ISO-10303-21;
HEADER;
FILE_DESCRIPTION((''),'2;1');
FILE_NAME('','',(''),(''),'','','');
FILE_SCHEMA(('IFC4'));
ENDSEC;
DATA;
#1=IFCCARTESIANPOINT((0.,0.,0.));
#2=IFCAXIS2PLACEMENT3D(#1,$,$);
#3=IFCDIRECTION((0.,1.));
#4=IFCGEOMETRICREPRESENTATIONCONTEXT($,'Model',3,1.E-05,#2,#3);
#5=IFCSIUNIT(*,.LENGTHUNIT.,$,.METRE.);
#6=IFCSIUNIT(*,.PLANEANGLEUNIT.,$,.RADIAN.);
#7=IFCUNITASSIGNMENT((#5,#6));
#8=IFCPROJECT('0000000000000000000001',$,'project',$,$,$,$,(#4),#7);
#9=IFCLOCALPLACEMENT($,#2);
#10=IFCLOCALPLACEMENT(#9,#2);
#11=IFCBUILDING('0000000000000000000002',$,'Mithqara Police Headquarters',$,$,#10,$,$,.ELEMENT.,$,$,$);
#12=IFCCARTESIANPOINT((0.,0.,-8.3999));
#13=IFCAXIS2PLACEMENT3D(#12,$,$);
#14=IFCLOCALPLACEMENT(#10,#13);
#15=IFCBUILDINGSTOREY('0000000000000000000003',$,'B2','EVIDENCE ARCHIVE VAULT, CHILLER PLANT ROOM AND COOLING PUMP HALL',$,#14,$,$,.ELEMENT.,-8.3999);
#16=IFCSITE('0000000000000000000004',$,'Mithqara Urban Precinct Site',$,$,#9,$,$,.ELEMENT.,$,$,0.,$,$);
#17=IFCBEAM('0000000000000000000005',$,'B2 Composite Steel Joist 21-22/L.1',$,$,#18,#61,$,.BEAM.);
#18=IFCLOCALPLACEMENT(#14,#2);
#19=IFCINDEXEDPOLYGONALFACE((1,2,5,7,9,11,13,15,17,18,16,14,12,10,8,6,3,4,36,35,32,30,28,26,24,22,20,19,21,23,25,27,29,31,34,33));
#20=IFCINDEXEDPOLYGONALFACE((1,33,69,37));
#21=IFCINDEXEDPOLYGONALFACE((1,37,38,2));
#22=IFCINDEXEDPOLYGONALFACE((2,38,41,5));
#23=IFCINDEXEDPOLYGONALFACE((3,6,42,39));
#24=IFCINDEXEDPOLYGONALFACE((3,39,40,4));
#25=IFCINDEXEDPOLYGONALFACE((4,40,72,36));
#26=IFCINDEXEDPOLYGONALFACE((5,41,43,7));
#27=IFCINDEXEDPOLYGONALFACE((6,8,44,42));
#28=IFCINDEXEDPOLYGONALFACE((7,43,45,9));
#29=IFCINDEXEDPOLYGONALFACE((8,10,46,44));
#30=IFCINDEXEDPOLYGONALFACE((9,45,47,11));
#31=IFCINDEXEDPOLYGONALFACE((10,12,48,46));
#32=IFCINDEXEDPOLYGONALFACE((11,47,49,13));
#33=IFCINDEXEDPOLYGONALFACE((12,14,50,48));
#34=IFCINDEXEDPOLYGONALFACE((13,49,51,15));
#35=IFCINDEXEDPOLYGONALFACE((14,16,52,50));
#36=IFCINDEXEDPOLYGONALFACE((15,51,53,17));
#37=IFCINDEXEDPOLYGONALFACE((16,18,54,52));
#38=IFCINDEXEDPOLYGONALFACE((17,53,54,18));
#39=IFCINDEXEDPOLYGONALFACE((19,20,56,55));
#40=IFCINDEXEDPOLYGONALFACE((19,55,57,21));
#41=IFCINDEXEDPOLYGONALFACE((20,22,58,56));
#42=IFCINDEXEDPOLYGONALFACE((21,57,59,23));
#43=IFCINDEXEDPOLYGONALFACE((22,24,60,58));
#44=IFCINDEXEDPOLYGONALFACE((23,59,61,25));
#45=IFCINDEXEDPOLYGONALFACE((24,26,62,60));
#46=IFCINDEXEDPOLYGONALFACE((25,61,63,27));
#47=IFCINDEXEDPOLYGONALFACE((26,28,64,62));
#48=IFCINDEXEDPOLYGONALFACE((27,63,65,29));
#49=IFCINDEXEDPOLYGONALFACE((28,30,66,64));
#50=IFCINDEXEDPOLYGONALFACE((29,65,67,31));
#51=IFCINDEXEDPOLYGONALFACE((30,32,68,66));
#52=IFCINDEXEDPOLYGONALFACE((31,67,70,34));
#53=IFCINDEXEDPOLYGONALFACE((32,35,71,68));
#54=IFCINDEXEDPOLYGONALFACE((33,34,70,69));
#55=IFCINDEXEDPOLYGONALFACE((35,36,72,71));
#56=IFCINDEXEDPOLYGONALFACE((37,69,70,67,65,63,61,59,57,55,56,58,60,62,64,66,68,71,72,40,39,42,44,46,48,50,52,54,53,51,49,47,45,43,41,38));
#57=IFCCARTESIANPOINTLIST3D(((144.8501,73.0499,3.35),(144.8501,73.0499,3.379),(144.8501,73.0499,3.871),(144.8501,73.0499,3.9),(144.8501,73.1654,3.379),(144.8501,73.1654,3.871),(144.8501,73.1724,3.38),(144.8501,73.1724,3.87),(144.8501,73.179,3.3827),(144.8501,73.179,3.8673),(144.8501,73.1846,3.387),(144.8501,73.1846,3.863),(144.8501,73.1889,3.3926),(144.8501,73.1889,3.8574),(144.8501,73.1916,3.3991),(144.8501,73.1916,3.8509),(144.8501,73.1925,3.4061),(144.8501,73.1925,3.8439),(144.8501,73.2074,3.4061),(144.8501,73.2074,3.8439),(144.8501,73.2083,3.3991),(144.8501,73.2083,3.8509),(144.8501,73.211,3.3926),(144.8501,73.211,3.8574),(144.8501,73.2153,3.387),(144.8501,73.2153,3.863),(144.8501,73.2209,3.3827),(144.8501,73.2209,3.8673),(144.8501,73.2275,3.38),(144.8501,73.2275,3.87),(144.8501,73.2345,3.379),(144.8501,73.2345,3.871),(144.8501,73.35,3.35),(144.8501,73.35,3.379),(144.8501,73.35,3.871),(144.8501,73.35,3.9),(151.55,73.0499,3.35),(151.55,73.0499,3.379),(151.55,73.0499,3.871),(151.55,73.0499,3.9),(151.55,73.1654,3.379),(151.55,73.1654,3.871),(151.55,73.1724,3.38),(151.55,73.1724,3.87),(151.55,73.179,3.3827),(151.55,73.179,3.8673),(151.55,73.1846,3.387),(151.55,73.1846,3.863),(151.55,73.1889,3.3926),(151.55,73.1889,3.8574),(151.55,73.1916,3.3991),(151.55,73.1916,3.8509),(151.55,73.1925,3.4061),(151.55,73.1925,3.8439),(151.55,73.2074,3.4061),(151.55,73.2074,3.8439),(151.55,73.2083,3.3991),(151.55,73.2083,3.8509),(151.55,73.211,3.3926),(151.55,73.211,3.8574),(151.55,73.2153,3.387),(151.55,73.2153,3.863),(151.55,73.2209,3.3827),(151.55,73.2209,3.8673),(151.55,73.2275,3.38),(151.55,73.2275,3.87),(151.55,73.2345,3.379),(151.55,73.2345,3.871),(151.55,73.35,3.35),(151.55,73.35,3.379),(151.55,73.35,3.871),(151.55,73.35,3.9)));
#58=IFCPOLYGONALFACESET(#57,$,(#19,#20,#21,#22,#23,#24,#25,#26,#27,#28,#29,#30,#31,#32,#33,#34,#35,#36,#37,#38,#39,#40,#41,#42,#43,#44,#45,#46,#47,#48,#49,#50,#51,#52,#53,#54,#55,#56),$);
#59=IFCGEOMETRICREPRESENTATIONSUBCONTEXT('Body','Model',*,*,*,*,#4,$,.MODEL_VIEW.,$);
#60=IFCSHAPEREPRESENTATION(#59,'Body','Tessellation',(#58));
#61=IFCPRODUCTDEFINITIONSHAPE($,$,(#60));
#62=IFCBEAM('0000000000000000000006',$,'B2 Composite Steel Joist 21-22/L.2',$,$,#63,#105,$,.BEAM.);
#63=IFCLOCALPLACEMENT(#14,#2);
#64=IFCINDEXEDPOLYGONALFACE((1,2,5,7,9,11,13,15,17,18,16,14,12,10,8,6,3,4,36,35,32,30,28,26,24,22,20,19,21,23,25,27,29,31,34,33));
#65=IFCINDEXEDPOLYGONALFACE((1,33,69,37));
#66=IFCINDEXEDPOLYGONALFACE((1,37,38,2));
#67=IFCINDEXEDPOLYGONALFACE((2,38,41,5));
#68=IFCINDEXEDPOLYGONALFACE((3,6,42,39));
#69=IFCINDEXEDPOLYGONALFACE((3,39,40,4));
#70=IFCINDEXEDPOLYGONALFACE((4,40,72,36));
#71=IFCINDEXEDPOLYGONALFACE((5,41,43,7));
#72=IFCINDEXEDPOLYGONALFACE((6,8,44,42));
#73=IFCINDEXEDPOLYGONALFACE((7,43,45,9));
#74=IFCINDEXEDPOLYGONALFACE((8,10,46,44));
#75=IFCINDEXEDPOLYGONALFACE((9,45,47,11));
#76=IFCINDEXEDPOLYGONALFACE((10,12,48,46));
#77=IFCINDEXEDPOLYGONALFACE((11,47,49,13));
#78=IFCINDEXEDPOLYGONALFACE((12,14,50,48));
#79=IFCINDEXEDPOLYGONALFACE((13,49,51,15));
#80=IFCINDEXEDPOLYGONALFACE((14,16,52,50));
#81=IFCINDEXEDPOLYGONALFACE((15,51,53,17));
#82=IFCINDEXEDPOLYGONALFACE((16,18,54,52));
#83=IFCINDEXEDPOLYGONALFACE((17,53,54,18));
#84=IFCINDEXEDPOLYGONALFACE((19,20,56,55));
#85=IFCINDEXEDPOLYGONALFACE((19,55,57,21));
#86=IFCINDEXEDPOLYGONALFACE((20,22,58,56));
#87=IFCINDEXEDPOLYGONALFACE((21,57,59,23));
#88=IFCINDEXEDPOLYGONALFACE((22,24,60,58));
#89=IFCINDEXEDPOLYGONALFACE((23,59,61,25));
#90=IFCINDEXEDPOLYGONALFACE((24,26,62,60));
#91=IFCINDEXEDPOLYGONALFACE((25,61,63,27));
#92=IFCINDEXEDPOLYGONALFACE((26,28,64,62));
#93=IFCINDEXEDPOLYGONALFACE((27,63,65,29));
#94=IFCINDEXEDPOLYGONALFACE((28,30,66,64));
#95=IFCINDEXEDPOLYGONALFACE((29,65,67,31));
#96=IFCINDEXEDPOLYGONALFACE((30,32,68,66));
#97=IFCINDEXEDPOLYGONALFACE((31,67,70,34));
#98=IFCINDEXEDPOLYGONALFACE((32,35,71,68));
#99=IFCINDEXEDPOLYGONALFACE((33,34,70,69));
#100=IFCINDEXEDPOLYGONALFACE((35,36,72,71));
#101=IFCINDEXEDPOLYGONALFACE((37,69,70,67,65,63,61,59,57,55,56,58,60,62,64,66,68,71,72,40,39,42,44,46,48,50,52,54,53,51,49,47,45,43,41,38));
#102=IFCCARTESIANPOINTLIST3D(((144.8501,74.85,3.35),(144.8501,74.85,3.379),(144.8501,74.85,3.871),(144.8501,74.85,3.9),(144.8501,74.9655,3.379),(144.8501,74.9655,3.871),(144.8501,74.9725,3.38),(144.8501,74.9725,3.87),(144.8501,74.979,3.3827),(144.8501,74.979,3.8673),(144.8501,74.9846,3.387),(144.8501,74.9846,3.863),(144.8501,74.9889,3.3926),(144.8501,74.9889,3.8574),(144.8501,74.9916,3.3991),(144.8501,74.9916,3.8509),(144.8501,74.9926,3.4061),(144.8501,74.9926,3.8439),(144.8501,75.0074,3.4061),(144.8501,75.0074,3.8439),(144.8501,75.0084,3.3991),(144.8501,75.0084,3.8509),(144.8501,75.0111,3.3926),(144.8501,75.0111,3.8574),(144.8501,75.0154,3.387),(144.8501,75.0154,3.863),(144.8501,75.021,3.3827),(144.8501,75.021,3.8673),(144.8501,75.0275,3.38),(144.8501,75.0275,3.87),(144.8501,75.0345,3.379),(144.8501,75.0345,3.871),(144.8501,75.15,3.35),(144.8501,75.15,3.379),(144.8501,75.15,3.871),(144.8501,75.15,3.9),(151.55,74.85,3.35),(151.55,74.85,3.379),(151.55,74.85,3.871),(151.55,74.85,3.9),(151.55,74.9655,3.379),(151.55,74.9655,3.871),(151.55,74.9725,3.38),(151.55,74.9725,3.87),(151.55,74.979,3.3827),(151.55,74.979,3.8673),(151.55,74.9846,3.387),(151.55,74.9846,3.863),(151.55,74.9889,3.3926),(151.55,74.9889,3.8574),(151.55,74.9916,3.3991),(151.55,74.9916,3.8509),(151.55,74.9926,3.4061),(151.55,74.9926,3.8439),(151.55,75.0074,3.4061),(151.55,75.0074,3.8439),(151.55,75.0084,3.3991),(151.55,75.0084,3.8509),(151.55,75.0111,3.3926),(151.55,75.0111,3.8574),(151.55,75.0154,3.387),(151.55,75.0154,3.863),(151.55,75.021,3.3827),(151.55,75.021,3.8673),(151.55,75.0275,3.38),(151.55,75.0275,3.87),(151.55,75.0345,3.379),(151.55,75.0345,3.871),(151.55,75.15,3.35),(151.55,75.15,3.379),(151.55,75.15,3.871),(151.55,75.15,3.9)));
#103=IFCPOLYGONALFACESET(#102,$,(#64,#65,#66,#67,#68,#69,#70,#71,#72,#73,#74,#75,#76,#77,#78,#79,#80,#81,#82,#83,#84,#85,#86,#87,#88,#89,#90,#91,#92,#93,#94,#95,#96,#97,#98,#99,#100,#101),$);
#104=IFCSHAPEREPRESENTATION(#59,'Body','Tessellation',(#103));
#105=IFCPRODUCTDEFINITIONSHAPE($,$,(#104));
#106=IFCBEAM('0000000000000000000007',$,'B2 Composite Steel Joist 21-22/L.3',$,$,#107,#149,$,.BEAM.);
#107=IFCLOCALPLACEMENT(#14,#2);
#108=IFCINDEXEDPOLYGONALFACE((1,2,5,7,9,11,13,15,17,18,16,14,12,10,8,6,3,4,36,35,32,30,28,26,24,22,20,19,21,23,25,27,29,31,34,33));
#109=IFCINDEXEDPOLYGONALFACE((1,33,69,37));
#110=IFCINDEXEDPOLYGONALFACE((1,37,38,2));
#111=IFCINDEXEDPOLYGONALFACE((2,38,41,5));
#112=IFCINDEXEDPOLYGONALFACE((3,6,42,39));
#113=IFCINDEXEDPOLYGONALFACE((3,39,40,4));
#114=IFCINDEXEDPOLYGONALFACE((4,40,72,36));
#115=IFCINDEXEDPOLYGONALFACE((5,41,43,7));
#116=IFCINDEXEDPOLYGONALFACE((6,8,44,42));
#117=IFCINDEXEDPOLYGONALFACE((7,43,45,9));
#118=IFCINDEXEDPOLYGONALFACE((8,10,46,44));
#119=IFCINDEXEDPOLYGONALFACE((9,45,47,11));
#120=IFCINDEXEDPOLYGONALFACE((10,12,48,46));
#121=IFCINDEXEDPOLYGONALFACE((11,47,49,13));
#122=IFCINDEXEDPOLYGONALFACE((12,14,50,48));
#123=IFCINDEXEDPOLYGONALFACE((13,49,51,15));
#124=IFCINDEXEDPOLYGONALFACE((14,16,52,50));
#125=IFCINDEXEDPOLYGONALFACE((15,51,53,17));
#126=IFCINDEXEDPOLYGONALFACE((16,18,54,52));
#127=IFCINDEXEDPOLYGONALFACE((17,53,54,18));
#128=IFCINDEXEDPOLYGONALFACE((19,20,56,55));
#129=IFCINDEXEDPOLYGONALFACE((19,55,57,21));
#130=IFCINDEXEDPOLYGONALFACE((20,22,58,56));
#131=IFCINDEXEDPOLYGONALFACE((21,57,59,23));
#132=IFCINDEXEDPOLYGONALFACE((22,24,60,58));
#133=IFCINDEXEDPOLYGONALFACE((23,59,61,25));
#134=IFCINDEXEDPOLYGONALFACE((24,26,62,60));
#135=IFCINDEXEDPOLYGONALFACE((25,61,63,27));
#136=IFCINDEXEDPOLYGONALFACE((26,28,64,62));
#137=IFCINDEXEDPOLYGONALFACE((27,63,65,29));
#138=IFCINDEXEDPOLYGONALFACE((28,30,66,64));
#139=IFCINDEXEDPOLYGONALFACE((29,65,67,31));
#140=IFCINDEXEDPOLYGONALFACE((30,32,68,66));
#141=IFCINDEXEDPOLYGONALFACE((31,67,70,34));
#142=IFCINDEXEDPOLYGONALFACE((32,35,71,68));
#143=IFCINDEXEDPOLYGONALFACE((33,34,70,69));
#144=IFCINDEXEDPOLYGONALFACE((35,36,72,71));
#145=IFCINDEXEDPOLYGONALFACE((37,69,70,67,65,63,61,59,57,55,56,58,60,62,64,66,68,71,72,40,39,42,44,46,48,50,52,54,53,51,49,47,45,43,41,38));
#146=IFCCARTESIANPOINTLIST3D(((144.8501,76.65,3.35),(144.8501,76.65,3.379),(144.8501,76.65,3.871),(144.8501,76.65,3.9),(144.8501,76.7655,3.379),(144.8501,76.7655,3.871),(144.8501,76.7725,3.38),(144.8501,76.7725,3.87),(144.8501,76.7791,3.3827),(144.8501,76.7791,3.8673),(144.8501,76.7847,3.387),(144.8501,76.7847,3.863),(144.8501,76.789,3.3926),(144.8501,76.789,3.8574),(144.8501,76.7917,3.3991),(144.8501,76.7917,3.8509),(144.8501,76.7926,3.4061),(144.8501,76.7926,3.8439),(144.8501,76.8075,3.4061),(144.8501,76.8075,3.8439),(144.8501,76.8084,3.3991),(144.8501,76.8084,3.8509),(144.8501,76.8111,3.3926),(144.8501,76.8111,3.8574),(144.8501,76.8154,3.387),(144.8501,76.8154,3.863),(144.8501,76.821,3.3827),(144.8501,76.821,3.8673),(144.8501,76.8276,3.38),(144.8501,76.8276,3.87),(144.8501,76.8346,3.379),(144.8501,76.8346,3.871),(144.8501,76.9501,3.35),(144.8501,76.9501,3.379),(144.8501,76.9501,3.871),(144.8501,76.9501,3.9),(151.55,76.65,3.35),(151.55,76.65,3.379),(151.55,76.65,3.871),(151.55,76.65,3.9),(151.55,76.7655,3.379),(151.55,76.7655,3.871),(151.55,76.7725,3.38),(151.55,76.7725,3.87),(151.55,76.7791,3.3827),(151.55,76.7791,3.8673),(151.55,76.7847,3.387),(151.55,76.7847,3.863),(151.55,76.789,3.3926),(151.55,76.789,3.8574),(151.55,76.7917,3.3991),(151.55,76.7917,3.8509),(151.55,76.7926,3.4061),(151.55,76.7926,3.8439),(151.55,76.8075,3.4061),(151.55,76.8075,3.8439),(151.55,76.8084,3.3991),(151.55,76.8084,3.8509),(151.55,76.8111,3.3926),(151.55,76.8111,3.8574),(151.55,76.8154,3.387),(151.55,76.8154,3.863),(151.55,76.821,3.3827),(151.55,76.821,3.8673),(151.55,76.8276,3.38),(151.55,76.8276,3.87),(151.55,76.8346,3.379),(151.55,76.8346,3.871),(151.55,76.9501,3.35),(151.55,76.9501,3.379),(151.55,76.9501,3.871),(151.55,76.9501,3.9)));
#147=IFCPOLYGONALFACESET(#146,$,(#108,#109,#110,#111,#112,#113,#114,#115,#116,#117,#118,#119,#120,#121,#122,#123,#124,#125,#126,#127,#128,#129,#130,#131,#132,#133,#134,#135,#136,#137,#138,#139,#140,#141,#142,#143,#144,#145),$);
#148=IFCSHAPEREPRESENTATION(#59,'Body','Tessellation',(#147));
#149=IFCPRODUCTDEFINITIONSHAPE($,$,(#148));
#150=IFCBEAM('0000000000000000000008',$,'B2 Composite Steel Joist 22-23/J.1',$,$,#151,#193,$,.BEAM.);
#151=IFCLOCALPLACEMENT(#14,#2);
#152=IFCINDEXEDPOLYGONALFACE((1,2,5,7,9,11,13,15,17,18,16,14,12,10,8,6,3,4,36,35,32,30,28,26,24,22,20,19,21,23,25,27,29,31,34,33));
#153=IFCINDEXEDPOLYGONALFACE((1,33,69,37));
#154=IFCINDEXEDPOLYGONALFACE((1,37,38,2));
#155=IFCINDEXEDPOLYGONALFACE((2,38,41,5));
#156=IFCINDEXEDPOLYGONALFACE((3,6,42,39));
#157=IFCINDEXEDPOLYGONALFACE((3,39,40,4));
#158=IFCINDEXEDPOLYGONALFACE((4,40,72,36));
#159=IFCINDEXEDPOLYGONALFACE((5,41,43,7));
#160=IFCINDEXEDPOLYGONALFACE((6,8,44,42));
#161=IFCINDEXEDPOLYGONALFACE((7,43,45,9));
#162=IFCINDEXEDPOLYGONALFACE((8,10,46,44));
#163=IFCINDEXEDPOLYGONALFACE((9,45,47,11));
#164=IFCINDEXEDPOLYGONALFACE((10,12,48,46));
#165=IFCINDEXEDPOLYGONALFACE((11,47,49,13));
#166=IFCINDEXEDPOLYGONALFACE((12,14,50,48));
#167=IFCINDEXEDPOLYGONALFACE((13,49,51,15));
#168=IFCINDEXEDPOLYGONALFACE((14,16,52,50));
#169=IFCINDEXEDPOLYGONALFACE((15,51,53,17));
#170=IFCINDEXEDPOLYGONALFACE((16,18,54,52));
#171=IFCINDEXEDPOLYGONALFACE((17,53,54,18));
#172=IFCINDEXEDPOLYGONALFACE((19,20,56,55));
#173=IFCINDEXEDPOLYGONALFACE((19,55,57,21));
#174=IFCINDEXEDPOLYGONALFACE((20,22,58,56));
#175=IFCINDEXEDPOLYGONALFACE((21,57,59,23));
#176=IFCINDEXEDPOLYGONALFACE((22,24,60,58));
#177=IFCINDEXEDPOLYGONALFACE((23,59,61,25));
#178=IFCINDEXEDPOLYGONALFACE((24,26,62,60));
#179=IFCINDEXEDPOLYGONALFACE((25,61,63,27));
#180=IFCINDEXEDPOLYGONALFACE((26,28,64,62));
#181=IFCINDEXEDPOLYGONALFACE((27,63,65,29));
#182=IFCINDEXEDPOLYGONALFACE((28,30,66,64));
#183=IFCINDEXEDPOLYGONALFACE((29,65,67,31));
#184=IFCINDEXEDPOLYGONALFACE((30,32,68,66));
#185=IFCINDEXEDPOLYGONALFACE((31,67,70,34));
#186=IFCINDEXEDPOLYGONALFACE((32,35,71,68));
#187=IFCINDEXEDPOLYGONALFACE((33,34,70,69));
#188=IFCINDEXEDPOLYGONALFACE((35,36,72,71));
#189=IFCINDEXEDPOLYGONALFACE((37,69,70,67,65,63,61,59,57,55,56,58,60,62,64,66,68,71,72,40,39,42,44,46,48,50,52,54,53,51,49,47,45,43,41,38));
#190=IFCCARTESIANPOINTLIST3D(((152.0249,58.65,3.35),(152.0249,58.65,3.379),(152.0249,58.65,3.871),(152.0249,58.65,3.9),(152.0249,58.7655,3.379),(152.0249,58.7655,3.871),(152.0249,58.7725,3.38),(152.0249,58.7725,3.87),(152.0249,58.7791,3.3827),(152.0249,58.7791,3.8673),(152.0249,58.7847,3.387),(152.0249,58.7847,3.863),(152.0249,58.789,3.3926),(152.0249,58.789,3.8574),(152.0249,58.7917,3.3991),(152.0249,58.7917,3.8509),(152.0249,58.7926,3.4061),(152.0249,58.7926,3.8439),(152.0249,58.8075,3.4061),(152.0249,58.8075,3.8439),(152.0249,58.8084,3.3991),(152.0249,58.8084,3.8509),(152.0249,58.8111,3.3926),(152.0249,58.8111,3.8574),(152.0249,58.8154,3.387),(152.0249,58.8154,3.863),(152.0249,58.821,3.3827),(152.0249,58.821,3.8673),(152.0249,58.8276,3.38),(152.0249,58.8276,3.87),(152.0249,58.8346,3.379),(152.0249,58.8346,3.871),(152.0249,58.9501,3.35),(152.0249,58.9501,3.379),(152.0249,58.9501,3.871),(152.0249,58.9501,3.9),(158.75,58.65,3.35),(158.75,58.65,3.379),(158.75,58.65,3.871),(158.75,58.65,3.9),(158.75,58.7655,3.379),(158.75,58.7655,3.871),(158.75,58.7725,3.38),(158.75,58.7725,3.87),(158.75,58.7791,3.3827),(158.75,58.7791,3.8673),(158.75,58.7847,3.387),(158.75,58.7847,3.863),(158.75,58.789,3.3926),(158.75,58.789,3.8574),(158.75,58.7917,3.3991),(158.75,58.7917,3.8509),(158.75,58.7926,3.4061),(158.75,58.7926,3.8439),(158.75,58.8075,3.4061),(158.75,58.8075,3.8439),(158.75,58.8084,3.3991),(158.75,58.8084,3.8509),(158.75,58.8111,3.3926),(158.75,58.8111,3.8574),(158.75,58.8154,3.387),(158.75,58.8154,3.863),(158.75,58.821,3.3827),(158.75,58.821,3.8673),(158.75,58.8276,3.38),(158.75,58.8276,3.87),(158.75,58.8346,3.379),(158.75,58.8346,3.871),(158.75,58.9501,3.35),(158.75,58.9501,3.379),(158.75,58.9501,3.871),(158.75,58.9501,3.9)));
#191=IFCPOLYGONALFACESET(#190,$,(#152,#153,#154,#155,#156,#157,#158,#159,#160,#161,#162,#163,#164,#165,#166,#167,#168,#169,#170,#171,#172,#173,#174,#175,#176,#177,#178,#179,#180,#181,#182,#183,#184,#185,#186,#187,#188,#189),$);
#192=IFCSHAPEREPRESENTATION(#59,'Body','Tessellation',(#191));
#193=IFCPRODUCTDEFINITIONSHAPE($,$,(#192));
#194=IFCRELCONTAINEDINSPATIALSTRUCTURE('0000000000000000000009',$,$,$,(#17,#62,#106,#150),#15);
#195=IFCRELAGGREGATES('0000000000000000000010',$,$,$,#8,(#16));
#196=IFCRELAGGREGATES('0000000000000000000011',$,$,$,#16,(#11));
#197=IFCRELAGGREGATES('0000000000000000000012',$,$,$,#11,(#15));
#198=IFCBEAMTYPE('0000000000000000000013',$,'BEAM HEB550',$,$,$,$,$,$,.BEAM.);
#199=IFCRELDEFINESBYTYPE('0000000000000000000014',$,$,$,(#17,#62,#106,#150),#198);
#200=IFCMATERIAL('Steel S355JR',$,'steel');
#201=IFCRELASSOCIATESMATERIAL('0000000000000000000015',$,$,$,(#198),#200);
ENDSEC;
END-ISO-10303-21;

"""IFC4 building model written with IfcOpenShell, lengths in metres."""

from ifc_helpers import new_model, si_unit, direction, frame, origin, origin_2d, place, context, subcontext, project, spatial, i_section, extrude, material, material_profile, profile_set, type_object, element, save


model = new_model("IFC4")

# Units and contexts
model_context = context("Model", 3, precision=1e-05, world=origin(), true_north=direction((0.0, 1.0)))
body_context = subcontext(model_context, "Body", "Model", "MODEL_VIEW")
ifc_project = project(units=[si_unit("LENGTHUNIT", "METRE"), si_unit("PLANEANGLEUNIT", "RADIAN")], contexts=[model_context])

# Site, building, storey
site_placement = place(None, origin())
site = spatial("IfcSite", under=ifc_project, at=site_placement, Name="Mithqara Urban Precinct Site", CompositionType="ELEMENT", RefElevation=0.0)
building_placement = place(site_placement, origin())
building = spatial("IfcBuilding", under=site, at=building_placement, Name="Mithqara Police Headquarters", CompositionType="ELEMENT")
storey_placement = place(building_placement, frame((0.0, 0.0, -8.3999)))
storey = spatial("IfcBuildingStorey", under=building, at=storey_placement, Name="B2", Description="EVIDENCE ARCHIVE VAULT, CHILLER PLANT ROOM AND COOLING PUMP HALL", CompositionType="ELEMENT", Elevation=-8.3999)

# Beams
ifc_material_1 = material(Name="Steel S355JR", Category="steel")
ifc_material_profile_1 = material_profile(ifc_material_1, i_section(OverallWidth=0.3, OverallDepth=0.55, WebThickness=0.0149, FlangeThickness=0.0291, FilletRadius=0.0271, at=origin_2d()), Name="HEB 550")
ifc_profile_set_1 = profile_set([ifc_material_profile_1], Name="Steel S355JR")
beam_type_1 = type_object("IfcBeamType", Name="BEAM HEB550", PredefinedType="BEAM", material=ifc_profile_set_1)
for number, where, z_axis, x_axis, name in (
    (1, (144.8501, 73.2, 3.625), (1.0, 0.0, 0.0), (0.0, 1.0, 0.0), "B2 Composite Steel Joist 21-22/L.1"),
    (2, (144.8501, 75.0, 3.625), (1.0, 0.0, 0.0), (0.0, 1.0, 0.0), "B2 Composite Steel Joist 21-22/L.2"),
    (3, (144.8501, 76.8, 3.625), (1.0, 0.0, 0.0), (0.0, 1.0, 0.0), "B2 Composite Steel Joist 21-22/L.3"),
):
    element("IfcBeam", number, at=place(storey_placement, frame(where, z_axis=z_axis, x_axis=x_axis)), inside=storey, type_object=beam_type_1, Name=name, PredefinedType="BEAM", context=body_context, shape_type="SweptSolid", body=[
        extrude(i_section(OverallWidth=0.3, OverallDepth=0.55, WebThickness=0.0149, FlangeThickness=0.0291, FilletRadius=0.0271, at=origin_2d()), origin(), (0.0, 0.0, 1.0), 6.7),
    ])
for number, where, z_axis, x_axis, name in (
    (4, (152.0249, 58.8, 3.625), (1.0, 0.0, 0.0), (0.0, 1.0, 0.0), "B2 Composite Steel Joist 22-23/J.1"),
):
    element("IfcBeam", number, at=place(storey_placement, frame(where, z_axis=z_axis, x_axis=x_axis)), inside=storey, type_object=beam_type_1, Name=name, PredefinedType="BEAM", context=body_context, shape_type="SweptSolid", body=[
        extrude(i_section(OverallWidth=0.3, OverallDepth=0.55, WebThickness=0.0149, FlangeThickness=0.0291, FilletRadius=0.0271, at=origin_2d()), origin(), (0.0, 0.0, 1.0), 6.7251),
    ])

save(model, "model.ifc")
